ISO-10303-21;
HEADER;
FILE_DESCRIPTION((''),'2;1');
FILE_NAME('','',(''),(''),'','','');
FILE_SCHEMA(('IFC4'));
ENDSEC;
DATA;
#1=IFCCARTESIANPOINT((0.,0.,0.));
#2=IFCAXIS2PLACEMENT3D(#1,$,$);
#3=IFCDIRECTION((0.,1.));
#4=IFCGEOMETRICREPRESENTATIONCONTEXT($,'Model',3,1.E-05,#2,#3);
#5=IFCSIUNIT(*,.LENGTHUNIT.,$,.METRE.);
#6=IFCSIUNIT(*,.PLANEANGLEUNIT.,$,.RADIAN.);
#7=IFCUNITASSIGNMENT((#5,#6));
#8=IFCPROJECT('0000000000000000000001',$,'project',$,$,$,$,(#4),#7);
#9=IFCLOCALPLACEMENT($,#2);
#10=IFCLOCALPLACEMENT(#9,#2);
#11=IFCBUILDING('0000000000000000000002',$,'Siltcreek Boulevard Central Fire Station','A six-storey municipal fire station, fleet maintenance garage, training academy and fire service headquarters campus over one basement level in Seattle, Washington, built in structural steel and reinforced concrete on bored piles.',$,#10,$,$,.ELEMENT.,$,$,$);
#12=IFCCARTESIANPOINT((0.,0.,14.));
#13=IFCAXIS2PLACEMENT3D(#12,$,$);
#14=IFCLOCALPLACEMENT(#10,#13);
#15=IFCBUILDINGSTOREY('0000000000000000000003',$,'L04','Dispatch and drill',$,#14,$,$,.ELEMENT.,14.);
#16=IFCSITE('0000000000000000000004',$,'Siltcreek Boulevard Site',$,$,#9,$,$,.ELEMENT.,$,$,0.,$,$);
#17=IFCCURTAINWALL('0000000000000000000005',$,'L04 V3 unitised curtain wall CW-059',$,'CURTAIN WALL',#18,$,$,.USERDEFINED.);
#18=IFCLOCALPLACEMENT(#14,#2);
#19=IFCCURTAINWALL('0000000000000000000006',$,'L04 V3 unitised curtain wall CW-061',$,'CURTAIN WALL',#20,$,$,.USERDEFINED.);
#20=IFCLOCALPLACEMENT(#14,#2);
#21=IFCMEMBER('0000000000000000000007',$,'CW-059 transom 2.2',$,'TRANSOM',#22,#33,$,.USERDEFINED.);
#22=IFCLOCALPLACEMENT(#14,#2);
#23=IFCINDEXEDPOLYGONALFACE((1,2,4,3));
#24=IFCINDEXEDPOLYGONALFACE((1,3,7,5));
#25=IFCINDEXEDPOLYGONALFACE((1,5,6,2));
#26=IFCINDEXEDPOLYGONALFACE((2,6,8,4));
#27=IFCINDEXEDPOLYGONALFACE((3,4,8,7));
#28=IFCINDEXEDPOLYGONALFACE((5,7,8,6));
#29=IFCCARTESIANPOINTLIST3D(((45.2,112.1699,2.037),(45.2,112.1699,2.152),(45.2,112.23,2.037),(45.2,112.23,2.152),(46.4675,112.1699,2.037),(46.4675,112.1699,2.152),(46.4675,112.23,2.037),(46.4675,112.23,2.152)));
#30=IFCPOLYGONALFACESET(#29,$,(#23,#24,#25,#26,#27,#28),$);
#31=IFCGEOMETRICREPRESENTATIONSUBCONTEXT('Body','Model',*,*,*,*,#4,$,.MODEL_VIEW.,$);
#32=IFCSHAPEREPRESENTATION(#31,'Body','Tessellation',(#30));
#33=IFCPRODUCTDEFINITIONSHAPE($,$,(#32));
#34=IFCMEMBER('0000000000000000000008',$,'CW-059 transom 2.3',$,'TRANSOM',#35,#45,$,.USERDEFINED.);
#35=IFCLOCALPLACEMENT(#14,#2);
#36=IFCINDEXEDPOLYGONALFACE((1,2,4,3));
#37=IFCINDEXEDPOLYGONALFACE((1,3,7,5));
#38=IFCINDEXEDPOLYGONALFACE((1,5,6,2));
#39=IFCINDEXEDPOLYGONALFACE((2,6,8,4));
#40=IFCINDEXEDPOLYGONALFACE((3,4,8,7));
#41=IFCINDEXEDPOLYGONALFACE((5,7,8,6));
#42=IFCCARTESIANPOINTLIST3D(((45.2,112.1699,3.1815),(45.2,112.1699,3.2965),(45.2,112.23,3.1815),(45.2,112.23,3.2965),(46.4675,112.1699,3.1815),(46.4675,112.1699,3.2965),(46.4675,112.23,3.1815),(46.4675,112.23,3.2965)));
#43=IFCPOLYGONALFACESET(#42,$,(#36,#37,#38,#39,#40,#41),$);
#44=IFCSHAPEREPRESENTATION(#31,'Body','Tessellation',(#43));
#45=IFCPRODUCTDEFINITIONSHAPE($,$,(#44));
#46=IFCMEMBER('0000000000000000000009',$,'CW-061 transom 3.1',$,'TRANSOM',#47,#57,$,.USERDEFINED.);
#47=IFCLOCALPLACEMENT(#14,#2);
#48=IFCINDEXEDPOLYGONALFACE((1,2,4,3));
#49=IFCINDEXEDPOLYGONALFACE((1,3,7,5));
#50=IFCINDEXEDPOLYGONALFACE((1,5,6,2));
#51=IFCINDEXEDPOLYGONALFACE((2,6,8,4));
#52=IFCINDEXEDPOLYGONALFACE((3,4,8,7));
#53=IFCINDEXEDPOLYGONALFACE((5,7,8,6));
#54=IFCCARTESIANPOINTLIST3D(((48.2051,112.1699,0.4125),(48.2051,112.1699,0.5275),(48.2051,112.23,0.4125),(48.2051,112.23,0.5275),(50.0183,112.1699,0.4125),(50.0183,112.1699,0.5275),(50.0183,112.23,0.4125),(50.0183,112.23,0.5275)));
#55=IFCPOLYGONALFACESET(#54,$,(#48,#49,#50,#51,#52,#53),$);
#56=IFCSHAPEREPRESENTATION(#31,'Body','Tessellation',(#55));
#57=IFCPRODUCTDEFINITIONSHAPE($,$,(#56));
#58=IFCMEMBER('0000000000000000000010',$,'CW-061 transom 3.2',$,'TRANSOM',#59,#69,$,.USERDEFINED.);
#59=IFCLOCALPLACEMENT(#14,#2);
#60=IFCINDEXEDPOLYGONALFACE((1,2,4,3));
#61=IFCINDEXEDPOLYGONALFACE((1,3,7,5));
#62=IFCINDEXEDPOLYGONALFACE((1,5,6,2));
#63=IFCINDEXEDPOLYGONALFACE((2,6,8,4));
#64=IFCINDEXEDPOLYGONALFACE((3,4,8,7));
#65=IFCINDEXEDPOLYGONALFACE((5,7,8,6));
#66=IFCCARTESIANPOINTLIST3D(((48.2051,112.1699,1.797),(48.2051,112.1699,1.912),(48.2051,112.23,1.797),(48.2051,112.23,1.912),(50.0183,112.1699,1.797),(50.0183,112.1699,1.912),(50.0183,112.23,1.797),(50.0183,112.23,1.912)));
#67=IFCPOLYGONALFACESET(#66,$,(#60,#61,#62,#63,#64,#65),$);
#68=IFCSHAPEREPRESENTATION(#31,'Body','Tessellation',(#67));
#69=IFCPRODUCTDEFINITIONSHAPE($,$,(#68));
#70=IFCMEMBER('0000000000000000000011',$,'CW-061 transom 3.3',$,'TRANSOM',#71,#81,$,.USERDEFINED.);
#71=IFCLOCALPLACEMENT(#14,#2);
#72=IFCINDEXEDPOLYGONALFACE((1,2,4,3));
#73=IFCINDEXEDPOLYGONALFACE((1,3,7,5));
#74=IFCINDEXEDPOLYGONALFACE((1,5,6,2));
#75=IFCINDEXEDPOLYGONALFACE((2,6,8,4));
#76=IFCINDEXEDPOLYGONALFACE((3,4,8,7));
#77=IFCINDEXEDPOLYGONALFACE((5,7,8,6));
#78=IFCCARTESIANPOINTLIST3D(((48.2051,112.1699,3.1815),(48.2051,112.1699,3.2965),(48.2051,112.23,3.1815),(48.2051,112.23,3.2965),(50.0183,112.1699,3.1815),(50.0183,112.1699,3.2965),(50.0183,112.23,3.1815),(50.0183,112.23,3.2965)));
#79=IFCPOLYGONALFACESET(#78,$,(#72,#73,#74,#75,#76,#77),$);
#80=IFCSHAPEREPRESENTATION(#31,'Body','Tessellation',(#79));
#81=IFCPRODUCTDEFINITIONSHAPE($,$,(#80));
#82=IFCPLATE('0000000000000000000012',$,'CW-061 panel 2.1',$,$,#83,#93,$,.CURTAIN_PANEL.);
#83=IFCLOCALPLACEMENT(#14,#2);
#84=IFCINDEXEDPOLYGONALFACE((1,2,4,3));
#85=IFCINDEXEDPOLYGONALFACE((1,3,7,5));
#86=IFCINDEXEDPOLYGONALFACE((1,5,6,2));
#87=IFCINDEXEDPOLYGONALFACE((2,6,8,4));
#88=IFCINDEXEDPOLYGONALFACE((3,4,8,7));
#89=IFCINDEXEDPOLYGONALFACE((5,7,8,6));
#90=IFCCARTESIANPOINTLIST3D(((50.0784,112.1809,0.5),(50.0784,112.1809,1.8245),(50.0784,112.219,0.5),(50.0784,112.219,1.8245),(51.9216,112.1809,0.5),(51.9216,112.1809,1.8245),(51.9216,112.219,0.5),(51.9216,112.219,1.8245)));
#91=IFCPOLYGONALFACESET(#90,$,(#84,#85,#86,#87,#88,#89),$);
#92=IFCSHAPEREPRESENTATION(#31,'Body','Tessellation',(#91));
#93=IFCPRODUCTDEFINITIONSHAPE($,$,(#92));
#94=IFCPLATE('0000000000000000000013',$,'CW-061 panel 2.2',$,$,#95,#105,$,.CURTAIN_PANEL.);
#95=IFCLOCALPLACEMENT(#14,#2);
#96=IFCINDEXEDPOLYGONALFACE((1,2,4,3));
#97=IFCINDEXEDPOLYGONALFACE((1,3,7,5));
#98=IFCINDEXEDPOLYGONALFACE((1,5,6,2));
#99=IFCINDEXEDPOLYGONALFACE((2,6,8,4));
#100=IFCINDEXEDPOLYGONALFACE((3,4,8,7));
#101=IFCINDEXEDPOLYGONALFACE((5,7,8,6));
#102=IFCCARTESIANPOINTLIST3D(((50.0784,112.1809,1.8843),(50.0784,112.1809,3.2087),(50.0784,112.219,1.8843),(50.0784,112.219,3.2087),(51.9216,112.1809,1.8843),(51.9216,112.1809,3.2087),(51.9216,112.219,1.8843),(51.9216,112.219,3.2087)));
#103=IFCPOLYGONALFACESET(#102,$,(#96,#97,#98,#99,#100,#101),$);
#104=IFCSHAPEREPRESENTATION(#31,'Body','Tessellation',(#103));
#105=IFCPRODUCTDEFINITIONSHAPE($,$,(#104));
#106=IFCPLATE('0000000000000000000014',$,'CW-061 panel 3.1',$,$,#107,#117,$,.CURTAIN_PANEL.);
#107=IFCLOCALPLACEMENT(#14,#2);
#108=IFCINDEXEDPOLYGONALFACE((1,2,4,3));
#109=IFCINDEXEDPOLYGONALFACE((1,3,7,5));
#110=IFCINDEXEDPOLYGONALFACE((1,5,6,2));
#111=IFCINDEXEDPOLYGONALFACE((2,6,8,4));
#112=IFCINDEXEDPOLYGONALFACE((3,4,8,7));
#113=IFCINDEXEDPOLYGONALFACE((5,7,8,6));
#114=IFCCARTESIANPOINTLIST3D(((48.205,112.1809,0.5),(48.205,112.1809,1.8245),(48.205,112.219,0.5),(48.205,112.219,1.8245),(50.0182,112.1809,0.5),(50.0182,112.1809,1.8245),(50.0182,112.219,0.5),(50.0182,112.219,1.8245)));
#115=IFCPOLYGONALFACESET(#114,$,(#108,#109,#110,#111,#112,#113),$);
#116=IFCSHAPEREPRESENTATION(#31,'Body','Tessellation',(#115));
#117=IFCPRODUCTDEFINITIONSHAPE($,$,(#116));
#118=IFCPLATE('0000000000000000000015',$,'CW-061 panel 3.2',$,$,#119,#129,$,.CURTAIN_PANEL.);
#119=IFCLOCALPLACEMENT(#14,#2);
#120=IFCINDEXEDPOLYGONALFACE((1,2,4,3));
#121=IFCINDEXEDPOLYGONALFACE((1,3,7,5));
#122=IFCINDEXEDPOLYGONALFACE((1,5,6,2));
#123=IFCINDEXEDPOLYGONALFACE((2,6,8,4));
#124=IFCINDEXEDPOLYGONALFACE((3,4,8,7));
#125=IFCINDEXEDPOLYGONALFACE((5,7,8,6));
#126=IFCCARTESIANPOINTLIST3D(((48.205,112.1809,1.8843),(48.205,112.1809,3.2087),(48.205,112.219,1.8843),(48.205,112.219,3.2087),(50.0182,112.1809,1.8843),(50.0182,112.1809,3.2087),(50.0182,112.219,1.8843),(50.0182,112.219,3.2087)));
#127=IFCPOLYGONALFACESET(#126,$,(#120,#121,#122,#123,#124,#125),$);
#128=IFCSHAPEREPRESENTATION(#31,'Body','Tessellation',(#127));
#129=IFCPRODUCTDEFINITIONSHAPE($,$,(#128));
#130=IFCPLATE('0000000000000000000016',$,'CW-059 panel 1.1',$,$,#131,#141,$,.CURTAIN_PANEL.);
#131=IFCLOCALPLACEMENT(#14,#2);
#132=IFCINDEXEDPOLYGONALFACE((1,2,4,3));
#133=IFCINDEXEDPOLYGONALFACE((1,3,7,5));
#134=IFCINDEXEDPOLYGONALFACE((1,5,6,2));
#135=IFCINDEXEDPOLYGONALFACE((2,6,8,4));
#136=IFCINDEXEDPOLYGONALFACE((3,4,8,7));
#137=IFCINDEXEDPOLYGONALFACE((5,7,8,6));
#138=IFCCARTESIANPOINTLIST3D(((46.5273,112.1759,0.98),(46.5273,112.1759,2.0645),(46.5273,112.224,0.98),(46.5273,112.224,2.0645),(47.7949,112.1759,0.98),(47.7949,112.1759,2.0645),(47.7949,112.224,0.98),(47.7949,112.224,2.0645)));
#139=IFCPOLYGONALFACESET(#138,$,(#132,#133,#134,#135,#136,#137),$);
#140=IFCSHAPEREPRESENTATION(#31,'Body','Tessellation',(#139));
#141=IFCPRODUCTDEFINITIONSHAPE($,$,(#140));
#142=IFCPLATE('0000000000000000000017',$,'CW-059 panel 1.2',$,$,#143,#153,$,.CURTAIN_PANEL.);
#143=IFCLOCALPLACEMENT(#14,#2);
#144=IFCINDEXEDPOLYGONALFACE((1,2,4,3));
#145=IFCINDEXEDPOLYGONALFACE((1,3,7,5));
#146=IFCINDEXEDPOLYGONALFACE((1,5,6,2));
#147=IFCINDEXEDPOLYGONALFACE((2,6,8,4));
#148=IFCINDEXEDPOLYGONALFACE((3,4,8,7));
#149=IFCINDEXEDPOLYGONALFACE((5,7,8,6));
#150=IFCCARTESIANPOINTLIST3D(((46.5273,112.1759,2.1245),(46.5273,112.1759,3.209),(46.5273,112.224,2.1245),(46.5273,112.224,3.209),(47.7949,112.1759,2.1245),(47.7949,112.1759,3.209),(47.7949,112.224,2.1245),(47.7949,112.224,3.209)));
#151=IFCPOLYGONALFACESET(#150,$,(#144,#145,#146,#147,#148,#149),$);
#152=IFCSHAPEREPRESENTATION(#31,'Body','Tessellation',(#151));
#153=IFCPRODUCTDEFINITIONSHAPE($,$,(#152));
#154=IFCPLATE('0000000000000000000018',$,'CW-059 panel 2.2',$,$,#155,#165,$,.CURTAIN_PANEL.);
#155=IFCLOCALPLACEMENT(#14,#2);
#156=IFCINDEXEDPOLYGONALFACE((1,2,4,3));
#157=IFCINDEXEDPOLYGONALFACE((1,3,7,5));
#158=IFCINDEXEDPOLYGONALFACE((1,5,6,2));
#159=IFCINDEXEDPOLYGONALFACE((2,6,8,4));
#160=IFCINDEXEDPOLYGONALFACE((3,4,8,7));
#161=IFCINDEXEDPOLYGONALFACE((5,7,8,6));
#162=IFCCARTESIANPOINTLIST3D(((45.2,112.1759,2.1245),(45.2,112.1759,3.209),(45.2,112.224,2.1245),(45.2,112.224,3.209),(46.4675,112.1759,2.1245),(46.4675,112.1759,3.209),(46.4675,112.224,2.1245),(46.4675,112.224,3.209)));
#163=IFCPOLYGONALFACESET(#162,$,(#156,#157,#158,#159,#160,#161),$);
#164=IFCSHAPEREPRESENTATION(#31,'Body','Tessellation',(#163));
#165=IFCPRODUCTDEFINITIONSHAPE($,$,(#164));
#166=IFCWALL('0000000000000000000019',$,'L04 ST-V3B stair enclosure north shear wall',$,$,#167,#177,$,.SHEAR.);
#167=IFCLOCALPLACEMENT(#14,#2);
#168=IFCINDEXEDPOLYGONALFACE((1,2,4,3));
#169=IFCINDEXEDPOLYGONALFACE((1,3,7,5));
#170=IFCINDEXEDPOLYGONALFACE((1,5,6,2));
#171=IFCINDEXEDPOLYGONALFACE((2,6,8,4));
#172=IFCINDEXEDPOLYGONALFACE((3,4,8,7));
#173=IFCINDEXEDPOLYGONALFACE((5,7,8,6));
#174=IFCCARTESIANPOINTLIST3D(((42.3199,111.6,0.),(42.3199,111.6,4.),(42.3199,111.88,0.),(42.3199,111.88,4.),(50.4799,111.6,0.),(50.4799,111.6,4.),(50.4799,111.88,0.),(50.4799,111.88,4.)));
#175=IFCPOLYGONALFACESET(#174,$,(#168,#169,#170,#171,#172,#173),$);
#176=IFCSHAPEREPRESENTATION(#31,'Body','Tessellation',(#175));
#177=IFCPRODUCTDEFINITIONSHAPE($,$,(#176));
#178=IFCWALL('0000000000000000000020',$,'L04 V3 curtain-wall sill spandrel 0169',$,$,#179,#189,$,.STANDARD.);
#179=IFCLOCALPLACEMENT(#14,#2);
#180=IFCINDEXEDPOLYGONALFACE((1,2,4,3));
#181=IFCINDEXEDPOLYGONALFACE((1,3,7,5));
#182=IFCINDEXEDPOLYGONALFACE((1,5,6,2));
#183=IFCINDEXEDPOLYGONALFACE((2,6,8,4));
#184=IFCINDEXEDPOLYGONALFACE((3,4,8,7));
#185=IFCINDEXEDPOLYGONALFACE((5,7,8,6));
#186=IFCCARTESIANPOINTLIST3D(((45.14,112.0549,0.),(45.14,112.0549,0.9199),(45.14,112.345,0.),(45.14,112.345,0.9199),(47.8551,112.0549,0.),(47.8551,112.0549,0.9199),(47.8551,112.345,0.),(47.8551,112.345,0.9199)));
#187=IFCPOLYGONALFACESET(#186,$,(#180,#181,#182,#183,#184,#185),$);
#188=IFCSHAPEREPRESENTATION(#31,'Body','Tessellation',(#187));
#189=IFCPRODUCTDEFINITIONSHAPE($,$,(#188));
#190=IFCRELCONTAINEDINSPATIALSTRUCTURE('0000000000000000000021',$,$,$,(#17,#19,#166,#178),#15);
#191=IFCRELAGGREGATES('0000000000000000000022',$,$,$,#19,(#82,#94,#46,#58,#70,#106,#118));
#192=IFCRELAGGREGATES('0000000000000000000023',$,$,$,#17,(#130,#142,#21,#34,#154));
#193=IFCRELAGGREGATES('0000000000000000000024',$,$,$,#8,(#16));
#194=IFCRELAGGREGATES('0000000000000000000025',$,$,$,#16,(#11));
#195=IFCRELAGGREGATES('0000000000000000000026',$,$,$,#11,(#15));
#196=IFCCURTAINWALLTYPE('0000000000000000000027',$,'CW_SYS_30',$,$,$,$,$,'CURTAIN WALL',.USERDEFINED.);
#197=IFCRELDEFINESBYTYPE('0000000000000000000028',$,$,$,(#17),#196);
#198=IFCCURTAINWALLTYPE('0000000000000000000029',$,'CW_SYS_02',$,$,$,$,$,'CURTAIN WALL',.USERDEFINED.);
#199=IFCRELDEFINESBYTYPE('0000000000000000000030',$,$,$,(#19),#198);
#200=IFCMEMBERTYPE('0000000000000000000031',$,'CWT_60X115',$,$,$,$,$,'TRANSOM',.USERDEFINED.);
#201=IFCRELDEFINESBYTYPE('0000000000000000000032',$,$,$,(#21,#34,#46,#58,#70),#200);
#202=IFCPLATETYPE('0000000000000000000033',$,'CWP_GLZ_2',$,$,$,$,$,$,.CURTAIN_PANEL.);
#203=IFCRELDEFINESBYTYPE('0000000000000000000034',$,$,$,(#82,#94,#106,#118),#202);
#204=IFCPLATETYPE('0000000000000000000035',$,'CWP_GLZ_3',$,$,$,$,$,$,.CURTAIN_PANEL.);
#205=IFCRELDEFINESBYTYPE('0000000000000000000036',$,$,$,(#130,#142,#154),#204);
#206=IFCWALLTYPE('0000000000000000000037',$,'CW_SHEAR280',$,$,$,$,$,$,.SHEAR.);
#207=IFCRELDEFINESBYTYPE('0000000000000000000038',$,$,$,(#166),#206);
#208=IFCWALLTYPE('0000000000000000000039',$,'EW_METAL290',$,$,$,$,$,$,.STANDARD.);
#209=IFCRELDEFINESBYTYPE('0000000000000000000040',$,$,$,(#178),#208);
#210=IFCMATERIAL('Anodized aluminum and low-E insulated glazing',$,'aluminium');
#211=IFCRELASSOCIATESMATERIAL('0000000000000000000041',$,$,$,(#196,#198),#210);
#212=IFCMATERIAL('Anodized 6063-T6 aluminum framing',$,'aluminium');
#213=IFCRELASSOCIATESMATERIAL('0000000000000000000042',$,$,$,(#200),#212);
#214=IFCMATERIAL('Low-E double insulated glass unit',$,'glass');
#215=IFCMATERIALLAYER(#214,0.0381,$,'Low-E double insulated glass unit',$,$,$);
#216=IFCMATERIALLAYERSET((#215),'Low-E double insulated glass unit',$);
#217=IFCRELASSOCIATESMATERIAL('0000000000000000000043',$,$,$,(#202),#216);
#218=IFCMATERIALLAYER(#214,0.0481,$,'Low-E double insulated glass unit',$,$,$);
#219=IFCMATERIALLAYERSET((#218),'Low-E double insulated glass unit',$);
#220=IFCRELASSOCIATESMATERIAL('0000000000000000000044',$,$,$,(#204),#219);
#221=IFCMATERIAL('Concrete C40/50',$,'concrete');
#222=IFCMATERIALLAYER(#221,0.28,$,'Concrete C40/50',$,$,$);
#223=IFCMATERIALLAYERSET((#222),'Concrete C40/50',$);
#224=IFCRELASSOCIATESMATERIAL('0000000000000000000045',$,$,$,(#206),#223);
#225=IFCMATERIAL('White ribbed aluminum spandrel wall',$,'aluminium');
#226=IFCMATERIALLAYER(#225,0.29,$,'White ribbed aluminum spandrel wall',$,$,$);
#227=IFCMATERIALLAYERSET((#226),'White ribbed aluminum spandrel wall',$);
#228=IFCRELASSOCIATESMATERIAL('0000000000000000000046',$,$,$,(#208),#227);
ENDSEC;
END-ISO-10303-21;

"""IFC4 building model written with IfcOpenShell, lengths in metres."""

from ifc_helpers import new_model, si_unit, direction, frame, frame_2d, origin, origin_2d, place, context, subcontext, project, spatial, rectangle, extrude, material, layer, layer_set, material_profile, profile_set, type_object, element, aggregate, save


model = new_model("IFC4")

# Units and contexts
model_context = context("Model", 3, precision=1e-05, world=origin(), true_north=direction((0.0, 1.0)))
body_context = subcontext(model_context, "Body", "Model", "MODEL_VIEW")
ifc_project = project(units=[si_unit("LENGTHUNIT", "METRE"), si_unit("PLANEANGLEUNIT", "RADIAN")], contexts=[model_context])

# Site, building, storey
site_placement = place(None, origin())
site = spatial("IfcSite", under=ifc_project, at=site_placement, Name="Siltcreek Boulevard Site", CompositionType="ELEMENT", RefElevation=0.0)
building_placement = place(site_placement, origin())
building = spatial("IfcBuilding", under=site, at=building_placement, Name="Siltcreek Boulevard Central Fire Station", Description="A six-storey municipal fire station, fleet maintenance garage, training academy and fire service headquarters campus over one basement level in Seattle, Washington, built in structural steel and reinforced concrete on bored piles.", CompositionType="ELEMENT")
storey_placement = place(building_placement, frame((0.0, 0.0, 14.0)))
storey = spatial("IfcBuildingStorey", under=building, at=storey_placement, Name="L04", Description="Dispatch and drill", CompositionType="ELEMENT", Elevation=14.0)

# Curtain walls
ifc_material_1 = material(Name="Anodized aluminum and low-E insulated glazing", Category="aluminium")
curtain_wall_type_1 = type_object("IfcCurtainWallType", Name="CW_SYS_30", ElementType="CURTAIN WALL", PredefinedType="USERDEFINED", material=ifc_material_1)
curtain_wall_1_placement = place(storey_placement, origin())
curtain_wall_1 = element("IfcCurtainWall", 1, at=curtain_wall_1_placement, inside=storey, type_object=curtain_wall_type_1, Name="L04 V3 unitised curtain wall CW-059", ObjectType="CURTAIN WALL", PredefinedType="USERDEFINED")
ifc_material_2 = material(Name="Anodized 6063-T6 aluminum framing", Category="aluminium")
curtain_wall_type_2 = type_object("IfcCurtainWallType", Name="CW_SYS_02", ElementType="CURTAIN WALL", PredefinedType="USERDEFINED", material=ifc_material_1)
curtain_wall_2_placement = place(storey_placement, origin())
curtain_wall_2 = element("IfcCurtainWall", 2, at=curtain_wall_2_placement, inside=storey, type_object=curtain_wall_type_2, Name="L04 V3 unitised curtain wall CW-061", ObjectType="CURTAIN WALL", PredefinedType="USERDEFINED")

# Members
ifc_material_profile_1 = material_profile(ifc_material_2, rectangle(XDim=0.0601, YDim=0.115, at=origin_2d()), Name="TRAN60X115")
ifc_profile_set_1 = profile_set([ifc_material_profile_1], Name="Anodized 6063-T6 aluminum framing")
member_type_1 = type_object("IfcMemberType", Name="CWT_60X115", ElementType="TRANSOM", PredefinedType="USERDEFINED", material=ifc_profile_set_1)
member_1_placement = place(storey_placement, frame((46.4675, 112.2, 2.0945), z_axis=(-1.0, 0.0, 0.0), x_axis=(0.0, -1.0, 0.0)))
member_1 = element("IfcMember", 3, at=member_1_placement, type_object=member_type_1, Name="CW-059 transom 2.2", ObjectType="TRANSOM", PredefinedType="USERDEFINED", context=body_context, shape_type="SweptSolid", body=[
    extrude(rectangle(XDim=0.0601, YDim=0.115, at=origin_2d()), origin(), (0.0, 0.0, 1.0), 1.2676),
])
member_2_placement = place(storey_placement, frame((46.4675, 112.2, 3.239), z_axis=(-1.0, 0.0, 0.0), x_axis=(0.0, -1.0, 0.0)))
member_2 = element("IfcMember", 4, at=member_2_placement, type_object=member_type_1, Name="CW-059 transom 2.3", ObjectType="TRANSOM", PredefinedType="USERDEFINED", context=body_context, shape_type="SweptSolid", body=[
    extrude(rectangle(XDim=0.0601, YDim=0.115, at=origin_2d()), origin(), (0.0, 0.0, 1.0), 1.2676),
])
member_3_placement = place(storey_placement, frame((50.0183, 112.2, 0.47), z_axis=(-1.0, 0.0, 0.0), x_axis=(0.0, -1.0, 0.0)))
member_3 = element("IfcMember", 5, at=member_3_placement, type_object=member_type_1, Name="CW-061 transom 3.1", ObjectType="TRANSOM", PredefinedType="USERDEFINED", context=body_context, shape_type="SweptSolid", body=[
    extrude(rectangle(XDim=0.0601, YDim=0.115, at=origin_2d()), origin(), (0.0, 0.0, 1.0), 1.8132),
])
member_4_placement = place(storey_placement, frame((50.0183, 112.2, 1.8545), z_axis=(-1.0, 0.0, 0.0), x_axis=(0.0, -1.0, 0.0)))
member_4 = element("IfcMember", 6, at=member_4_placement, type_object=member_type_1, Name="CW-061 transom 3.2", ObjectType="TRANSOM", PredefinedType="USERDEFINED", context=body_context, shape_type="SweptSolid", body=[
    extrude(rectangle(XDim=0.0601, YDim=0.115, at=origin_2d()), origin(), (0.0, 0.0, 1.0), 1.8132),
])
member_5_placement = place(storey_placement, frame((50.0183, 112.2, 3.239), z_axis=(-1.0, 0.0, 0.0), x_axis=(0.0, -1.0, 0.0)))
member_5 = element("IfcMember", 7, at=member_5_placement, type_object=member_type_1, Name="CW-061 transom 3.3", ObjectType="TRANSOM", PredefinedType="USERDEFINED", context=body_context, shape_type="SweptSolid", body=[
    extrude(rectangle(XDim=0.0601, YDim=0.115, at=origin_2d()), origin(), (0.0, 0.0, 1.0), 1.8132),
])

# Plates
ifc_material_3 = material(Name="Low-E double insulated glass unit", Category="glass")
ifc_layer_1 = layer(ifc_material_3, 0.0381, Name="Low-E double insulated glass unit")
ifc_layer_set_1 = layer_set([ifc_layer_1], Name="Low-E double insulated glass unit")
plate_type_1 = type_object("IfcPlateType", Name="CWP_GLZ_2", PredefinedType="CURTAIN_PANEL", material=ifc_layer_set_1)
plate_1_placement = place(storey_placement, frame((51.0, 112.2, 0.5), z_axis=(0.0, 0.0, 1.0), x_axis=(-1.0, 0.0, 0.0)))
plate_1 = element("IfcPlate", 8, at=plate_1_placement, type_object=plate_type_1, Name="CW-061 panel 2.1", PredefinedType="CURTAIN_PANEL", context=body_context, shape_type="SweptSolid", body=[
    extrude(rectangle(XDim=1.8433, YDim=0.0381, at=origin_2d()), origin(), (0.0, 0.0, 1.0), 1.3245),
])
plate_2_placement = place(storey_placement, frame((51.0, 112.2, 1.8843), z_axis=(0.0, 0.0, 1.0), x_axis=(-1.0, 0.0, 0.0)))
plate_2 = element("IfcPlate", 9, at=plate_2_placement, type_object=plate_type_1, Name="CW-061 panel 2.2", PredefinedType="CURTAIN_PANEL", context=body_context, shape_type="SweptSolid", body=[
    extrude(rectangle(XDim=1.8433, YDim=0.0381, at=origin_2d()), origin(), (0.0, 0.0, 1.0), 1.3245),
])
plate_3_placement = place(storey_placement, frame((49.1116, 112.2, 0.5), z_axis=(0.0, 0.0, 1.0), x_axis=(-1.0, 0.0, 0.0)))
plate_3 = element("IfcPlate", 10, at=plate_3_placement, type_object=plate_type_1, Name="CW-061 panel 3.1", PredefinedType="CURTAIN_PANEL", context=body_context, shape_type="SweptSolid", body=[
    extrude(rectangle(XDim=1.8132, YDim=0.0381, at=origin_2d()), origin(), (0.0, 0.0, 1.0), 1.3245),
])
plate_4_placement = place(storey_placement, frame((49.1116, 112.2, 1.8843), z_axis=(0.0, 0.0, 1.0), x_axis=(-1.0, 0.0, 0.0)))
plate_4 = element("IfcPlate", 11, at=plate_4_placement, type_object=plate_type_1, Name="CW-061 panel 3.2", PredefinedType="CURTAIN_PANEL", context=body_context, shape_type="SweptSolid", body=[
    extrude(rectangle(XDim=1.8132, YDim=0.0381, at=origin_2d()), origin(), (0.0, 0.0, 1.0), 1.3245),
])
aggregate(curtain_wall_2, [plate_1, plate_2, member_3, member_4, member_5, plate_3, plate_4])
ifc_layer_2 = layer(ifc_material_3, 0.0481, Name="Low-E double insulated glass unit")
ifc_layer_set_2 = layer_set([ifc_layer_2], Name="Low-E double insulated glass unit")
plate_type_2 = type_object("IfcPlateType", Name="CWP_GLZ_3", PredefinedType="CURTAIN_PANEL", material=ifc_layer_set_2)
plate_5_placement = place(storey_placement, frame((47.1611, 112.2, 0.98), z_axis=(0.0, 0.0, 1.0), x_axis=(-1.0, 0.0, 0.0)))
plate_5 = element("IfcPlate", 12, at=plate_5_placement, type_object=plate_type_2, Name="CW-059 panel 1.1", PredefinedType="CURTAIN_PANEL", context=body_context, shape_type="SweptSolid", body=[
    extrude(rectangle(XDim=1.2676, YDim=0.0481, at=origin_2d()), origin(), (0.0, 0.0, 1.0), 1.0845),
])
plate_6_placement = place(storey_placement, frame((47.1611, 112.2, 2.1245), z_axis=(0.0, 0.0, 1.0), x_axis=(-1.0, 0.0, 0.0)))
plate_6 = element("IfcPlate", 13, at=plate_6_placement, type_object=plate_type_2, Name="CW-059 panel 1.2", PredefinedType="CURTAIN_PANEL", context=body_context, shape_type="SweptSolid", body=[
    extrude(rectangle(XDim=1.2676, YDim=0.0481, at=origin_2d()), origin(), (0.0, 0.0, 1.0), 1.0845),
])
plate_7_placement = place(storey_placement, frame((45.8337, 112.2, 2.1245), z_axis=(0.0, 0.0, 1.0), x_axis=(-1.0, 0.0, 0.0)))
plate_7 = element("IfcPlate", 14, at=plate_7_placement, type_object=plate_type_2, Name="CW-059 panel 2.2", PredefinedType="CURTAIN_PANEL", context=body_context, shape_type="SweptSolid", body=[
    extrude(rectangle(XDim=1.2676, YDim=0.0481, at=origin_2d()), origin(), (0.0, 0.0, 1.0), 1.0845),
])
aggregate(curtain_wall_1, [plate_5, plate_6, member_1, member_2, plate_7])

# Walls
ifc_material_4 = material(Name="Concrete C40/50", Category="concrete")
ifc_layer_3 = layer(ifc_material_4, 0.28, Name="Concrete C40/50")
ifc_layer_set_3 = layer_set([ifc_layer_3], Name="Concrete C40/50")
wall_type_1 = type_object("IfcWallType", Name="CW_SHEAR280", PredefinedType="SHEAR", material=ifc_layer_set_3)
wall_1_placement = place(storey_placement, frame((50.48, 111.74, 0.0), z_axis=(0.0, 0.0, 1.0), x_axis=(-1.0, 0.0, 0.0)))
element("IfcWall", 15, at=wall_1_placement, inside=storey, type_object=wall_type_1, Name="L04 ST-V3B stair enclosure north shear wall", PredefinedType="SHEAR", context=body_context, shape_type="SweptSolid", body=[
    extrude(rectangle(XDim=8.1599, YDim=0.28, at=frame_2d((4.0801, 0.0))), origin(), (0.0, 0.0, 1.0), 4.0),
])
ifc_material_5 = material(Name="White ribbed aluminum spandrel wall", Category="aluminium")
ifc_layer_4 = layer(ifc_material_5, 0.29, Name="White ribbed aluminum spandrel wall")
ifc_layer_set_4 = layer_set([ifc_layer_4], Name="White ribbed aluminum spandrel wall")
wall_type_2 = type_object("IfcWallType", Name="EW_METAL290", PredefinedType="STANDARD", material=ifc_layer_set_4)
wall_2_placement = place(storey_placement, frame((47.855, 112.2, 0.0), z_axis=(0.0, 0.0, 1.0), x_axis=(-1.0, 0.0, 0.0)))
element("IfcWall", 16, at=wall_2_placement, inside=storey, type_object=wall_type_2, Name="L04 V3 curtain-wall sill spandrel 0169", PredefinedType="STANDARD", context=body_context, shape_type="SweptSolid", body=[
    extrude(rectangle(XDim=2.7151, YDim=0.29, at=frame_2d((1.3574, 0.0))), origin(), (0.0, 0.0, 1.0), 0.9199),
])

save(model, "model.ifc")
